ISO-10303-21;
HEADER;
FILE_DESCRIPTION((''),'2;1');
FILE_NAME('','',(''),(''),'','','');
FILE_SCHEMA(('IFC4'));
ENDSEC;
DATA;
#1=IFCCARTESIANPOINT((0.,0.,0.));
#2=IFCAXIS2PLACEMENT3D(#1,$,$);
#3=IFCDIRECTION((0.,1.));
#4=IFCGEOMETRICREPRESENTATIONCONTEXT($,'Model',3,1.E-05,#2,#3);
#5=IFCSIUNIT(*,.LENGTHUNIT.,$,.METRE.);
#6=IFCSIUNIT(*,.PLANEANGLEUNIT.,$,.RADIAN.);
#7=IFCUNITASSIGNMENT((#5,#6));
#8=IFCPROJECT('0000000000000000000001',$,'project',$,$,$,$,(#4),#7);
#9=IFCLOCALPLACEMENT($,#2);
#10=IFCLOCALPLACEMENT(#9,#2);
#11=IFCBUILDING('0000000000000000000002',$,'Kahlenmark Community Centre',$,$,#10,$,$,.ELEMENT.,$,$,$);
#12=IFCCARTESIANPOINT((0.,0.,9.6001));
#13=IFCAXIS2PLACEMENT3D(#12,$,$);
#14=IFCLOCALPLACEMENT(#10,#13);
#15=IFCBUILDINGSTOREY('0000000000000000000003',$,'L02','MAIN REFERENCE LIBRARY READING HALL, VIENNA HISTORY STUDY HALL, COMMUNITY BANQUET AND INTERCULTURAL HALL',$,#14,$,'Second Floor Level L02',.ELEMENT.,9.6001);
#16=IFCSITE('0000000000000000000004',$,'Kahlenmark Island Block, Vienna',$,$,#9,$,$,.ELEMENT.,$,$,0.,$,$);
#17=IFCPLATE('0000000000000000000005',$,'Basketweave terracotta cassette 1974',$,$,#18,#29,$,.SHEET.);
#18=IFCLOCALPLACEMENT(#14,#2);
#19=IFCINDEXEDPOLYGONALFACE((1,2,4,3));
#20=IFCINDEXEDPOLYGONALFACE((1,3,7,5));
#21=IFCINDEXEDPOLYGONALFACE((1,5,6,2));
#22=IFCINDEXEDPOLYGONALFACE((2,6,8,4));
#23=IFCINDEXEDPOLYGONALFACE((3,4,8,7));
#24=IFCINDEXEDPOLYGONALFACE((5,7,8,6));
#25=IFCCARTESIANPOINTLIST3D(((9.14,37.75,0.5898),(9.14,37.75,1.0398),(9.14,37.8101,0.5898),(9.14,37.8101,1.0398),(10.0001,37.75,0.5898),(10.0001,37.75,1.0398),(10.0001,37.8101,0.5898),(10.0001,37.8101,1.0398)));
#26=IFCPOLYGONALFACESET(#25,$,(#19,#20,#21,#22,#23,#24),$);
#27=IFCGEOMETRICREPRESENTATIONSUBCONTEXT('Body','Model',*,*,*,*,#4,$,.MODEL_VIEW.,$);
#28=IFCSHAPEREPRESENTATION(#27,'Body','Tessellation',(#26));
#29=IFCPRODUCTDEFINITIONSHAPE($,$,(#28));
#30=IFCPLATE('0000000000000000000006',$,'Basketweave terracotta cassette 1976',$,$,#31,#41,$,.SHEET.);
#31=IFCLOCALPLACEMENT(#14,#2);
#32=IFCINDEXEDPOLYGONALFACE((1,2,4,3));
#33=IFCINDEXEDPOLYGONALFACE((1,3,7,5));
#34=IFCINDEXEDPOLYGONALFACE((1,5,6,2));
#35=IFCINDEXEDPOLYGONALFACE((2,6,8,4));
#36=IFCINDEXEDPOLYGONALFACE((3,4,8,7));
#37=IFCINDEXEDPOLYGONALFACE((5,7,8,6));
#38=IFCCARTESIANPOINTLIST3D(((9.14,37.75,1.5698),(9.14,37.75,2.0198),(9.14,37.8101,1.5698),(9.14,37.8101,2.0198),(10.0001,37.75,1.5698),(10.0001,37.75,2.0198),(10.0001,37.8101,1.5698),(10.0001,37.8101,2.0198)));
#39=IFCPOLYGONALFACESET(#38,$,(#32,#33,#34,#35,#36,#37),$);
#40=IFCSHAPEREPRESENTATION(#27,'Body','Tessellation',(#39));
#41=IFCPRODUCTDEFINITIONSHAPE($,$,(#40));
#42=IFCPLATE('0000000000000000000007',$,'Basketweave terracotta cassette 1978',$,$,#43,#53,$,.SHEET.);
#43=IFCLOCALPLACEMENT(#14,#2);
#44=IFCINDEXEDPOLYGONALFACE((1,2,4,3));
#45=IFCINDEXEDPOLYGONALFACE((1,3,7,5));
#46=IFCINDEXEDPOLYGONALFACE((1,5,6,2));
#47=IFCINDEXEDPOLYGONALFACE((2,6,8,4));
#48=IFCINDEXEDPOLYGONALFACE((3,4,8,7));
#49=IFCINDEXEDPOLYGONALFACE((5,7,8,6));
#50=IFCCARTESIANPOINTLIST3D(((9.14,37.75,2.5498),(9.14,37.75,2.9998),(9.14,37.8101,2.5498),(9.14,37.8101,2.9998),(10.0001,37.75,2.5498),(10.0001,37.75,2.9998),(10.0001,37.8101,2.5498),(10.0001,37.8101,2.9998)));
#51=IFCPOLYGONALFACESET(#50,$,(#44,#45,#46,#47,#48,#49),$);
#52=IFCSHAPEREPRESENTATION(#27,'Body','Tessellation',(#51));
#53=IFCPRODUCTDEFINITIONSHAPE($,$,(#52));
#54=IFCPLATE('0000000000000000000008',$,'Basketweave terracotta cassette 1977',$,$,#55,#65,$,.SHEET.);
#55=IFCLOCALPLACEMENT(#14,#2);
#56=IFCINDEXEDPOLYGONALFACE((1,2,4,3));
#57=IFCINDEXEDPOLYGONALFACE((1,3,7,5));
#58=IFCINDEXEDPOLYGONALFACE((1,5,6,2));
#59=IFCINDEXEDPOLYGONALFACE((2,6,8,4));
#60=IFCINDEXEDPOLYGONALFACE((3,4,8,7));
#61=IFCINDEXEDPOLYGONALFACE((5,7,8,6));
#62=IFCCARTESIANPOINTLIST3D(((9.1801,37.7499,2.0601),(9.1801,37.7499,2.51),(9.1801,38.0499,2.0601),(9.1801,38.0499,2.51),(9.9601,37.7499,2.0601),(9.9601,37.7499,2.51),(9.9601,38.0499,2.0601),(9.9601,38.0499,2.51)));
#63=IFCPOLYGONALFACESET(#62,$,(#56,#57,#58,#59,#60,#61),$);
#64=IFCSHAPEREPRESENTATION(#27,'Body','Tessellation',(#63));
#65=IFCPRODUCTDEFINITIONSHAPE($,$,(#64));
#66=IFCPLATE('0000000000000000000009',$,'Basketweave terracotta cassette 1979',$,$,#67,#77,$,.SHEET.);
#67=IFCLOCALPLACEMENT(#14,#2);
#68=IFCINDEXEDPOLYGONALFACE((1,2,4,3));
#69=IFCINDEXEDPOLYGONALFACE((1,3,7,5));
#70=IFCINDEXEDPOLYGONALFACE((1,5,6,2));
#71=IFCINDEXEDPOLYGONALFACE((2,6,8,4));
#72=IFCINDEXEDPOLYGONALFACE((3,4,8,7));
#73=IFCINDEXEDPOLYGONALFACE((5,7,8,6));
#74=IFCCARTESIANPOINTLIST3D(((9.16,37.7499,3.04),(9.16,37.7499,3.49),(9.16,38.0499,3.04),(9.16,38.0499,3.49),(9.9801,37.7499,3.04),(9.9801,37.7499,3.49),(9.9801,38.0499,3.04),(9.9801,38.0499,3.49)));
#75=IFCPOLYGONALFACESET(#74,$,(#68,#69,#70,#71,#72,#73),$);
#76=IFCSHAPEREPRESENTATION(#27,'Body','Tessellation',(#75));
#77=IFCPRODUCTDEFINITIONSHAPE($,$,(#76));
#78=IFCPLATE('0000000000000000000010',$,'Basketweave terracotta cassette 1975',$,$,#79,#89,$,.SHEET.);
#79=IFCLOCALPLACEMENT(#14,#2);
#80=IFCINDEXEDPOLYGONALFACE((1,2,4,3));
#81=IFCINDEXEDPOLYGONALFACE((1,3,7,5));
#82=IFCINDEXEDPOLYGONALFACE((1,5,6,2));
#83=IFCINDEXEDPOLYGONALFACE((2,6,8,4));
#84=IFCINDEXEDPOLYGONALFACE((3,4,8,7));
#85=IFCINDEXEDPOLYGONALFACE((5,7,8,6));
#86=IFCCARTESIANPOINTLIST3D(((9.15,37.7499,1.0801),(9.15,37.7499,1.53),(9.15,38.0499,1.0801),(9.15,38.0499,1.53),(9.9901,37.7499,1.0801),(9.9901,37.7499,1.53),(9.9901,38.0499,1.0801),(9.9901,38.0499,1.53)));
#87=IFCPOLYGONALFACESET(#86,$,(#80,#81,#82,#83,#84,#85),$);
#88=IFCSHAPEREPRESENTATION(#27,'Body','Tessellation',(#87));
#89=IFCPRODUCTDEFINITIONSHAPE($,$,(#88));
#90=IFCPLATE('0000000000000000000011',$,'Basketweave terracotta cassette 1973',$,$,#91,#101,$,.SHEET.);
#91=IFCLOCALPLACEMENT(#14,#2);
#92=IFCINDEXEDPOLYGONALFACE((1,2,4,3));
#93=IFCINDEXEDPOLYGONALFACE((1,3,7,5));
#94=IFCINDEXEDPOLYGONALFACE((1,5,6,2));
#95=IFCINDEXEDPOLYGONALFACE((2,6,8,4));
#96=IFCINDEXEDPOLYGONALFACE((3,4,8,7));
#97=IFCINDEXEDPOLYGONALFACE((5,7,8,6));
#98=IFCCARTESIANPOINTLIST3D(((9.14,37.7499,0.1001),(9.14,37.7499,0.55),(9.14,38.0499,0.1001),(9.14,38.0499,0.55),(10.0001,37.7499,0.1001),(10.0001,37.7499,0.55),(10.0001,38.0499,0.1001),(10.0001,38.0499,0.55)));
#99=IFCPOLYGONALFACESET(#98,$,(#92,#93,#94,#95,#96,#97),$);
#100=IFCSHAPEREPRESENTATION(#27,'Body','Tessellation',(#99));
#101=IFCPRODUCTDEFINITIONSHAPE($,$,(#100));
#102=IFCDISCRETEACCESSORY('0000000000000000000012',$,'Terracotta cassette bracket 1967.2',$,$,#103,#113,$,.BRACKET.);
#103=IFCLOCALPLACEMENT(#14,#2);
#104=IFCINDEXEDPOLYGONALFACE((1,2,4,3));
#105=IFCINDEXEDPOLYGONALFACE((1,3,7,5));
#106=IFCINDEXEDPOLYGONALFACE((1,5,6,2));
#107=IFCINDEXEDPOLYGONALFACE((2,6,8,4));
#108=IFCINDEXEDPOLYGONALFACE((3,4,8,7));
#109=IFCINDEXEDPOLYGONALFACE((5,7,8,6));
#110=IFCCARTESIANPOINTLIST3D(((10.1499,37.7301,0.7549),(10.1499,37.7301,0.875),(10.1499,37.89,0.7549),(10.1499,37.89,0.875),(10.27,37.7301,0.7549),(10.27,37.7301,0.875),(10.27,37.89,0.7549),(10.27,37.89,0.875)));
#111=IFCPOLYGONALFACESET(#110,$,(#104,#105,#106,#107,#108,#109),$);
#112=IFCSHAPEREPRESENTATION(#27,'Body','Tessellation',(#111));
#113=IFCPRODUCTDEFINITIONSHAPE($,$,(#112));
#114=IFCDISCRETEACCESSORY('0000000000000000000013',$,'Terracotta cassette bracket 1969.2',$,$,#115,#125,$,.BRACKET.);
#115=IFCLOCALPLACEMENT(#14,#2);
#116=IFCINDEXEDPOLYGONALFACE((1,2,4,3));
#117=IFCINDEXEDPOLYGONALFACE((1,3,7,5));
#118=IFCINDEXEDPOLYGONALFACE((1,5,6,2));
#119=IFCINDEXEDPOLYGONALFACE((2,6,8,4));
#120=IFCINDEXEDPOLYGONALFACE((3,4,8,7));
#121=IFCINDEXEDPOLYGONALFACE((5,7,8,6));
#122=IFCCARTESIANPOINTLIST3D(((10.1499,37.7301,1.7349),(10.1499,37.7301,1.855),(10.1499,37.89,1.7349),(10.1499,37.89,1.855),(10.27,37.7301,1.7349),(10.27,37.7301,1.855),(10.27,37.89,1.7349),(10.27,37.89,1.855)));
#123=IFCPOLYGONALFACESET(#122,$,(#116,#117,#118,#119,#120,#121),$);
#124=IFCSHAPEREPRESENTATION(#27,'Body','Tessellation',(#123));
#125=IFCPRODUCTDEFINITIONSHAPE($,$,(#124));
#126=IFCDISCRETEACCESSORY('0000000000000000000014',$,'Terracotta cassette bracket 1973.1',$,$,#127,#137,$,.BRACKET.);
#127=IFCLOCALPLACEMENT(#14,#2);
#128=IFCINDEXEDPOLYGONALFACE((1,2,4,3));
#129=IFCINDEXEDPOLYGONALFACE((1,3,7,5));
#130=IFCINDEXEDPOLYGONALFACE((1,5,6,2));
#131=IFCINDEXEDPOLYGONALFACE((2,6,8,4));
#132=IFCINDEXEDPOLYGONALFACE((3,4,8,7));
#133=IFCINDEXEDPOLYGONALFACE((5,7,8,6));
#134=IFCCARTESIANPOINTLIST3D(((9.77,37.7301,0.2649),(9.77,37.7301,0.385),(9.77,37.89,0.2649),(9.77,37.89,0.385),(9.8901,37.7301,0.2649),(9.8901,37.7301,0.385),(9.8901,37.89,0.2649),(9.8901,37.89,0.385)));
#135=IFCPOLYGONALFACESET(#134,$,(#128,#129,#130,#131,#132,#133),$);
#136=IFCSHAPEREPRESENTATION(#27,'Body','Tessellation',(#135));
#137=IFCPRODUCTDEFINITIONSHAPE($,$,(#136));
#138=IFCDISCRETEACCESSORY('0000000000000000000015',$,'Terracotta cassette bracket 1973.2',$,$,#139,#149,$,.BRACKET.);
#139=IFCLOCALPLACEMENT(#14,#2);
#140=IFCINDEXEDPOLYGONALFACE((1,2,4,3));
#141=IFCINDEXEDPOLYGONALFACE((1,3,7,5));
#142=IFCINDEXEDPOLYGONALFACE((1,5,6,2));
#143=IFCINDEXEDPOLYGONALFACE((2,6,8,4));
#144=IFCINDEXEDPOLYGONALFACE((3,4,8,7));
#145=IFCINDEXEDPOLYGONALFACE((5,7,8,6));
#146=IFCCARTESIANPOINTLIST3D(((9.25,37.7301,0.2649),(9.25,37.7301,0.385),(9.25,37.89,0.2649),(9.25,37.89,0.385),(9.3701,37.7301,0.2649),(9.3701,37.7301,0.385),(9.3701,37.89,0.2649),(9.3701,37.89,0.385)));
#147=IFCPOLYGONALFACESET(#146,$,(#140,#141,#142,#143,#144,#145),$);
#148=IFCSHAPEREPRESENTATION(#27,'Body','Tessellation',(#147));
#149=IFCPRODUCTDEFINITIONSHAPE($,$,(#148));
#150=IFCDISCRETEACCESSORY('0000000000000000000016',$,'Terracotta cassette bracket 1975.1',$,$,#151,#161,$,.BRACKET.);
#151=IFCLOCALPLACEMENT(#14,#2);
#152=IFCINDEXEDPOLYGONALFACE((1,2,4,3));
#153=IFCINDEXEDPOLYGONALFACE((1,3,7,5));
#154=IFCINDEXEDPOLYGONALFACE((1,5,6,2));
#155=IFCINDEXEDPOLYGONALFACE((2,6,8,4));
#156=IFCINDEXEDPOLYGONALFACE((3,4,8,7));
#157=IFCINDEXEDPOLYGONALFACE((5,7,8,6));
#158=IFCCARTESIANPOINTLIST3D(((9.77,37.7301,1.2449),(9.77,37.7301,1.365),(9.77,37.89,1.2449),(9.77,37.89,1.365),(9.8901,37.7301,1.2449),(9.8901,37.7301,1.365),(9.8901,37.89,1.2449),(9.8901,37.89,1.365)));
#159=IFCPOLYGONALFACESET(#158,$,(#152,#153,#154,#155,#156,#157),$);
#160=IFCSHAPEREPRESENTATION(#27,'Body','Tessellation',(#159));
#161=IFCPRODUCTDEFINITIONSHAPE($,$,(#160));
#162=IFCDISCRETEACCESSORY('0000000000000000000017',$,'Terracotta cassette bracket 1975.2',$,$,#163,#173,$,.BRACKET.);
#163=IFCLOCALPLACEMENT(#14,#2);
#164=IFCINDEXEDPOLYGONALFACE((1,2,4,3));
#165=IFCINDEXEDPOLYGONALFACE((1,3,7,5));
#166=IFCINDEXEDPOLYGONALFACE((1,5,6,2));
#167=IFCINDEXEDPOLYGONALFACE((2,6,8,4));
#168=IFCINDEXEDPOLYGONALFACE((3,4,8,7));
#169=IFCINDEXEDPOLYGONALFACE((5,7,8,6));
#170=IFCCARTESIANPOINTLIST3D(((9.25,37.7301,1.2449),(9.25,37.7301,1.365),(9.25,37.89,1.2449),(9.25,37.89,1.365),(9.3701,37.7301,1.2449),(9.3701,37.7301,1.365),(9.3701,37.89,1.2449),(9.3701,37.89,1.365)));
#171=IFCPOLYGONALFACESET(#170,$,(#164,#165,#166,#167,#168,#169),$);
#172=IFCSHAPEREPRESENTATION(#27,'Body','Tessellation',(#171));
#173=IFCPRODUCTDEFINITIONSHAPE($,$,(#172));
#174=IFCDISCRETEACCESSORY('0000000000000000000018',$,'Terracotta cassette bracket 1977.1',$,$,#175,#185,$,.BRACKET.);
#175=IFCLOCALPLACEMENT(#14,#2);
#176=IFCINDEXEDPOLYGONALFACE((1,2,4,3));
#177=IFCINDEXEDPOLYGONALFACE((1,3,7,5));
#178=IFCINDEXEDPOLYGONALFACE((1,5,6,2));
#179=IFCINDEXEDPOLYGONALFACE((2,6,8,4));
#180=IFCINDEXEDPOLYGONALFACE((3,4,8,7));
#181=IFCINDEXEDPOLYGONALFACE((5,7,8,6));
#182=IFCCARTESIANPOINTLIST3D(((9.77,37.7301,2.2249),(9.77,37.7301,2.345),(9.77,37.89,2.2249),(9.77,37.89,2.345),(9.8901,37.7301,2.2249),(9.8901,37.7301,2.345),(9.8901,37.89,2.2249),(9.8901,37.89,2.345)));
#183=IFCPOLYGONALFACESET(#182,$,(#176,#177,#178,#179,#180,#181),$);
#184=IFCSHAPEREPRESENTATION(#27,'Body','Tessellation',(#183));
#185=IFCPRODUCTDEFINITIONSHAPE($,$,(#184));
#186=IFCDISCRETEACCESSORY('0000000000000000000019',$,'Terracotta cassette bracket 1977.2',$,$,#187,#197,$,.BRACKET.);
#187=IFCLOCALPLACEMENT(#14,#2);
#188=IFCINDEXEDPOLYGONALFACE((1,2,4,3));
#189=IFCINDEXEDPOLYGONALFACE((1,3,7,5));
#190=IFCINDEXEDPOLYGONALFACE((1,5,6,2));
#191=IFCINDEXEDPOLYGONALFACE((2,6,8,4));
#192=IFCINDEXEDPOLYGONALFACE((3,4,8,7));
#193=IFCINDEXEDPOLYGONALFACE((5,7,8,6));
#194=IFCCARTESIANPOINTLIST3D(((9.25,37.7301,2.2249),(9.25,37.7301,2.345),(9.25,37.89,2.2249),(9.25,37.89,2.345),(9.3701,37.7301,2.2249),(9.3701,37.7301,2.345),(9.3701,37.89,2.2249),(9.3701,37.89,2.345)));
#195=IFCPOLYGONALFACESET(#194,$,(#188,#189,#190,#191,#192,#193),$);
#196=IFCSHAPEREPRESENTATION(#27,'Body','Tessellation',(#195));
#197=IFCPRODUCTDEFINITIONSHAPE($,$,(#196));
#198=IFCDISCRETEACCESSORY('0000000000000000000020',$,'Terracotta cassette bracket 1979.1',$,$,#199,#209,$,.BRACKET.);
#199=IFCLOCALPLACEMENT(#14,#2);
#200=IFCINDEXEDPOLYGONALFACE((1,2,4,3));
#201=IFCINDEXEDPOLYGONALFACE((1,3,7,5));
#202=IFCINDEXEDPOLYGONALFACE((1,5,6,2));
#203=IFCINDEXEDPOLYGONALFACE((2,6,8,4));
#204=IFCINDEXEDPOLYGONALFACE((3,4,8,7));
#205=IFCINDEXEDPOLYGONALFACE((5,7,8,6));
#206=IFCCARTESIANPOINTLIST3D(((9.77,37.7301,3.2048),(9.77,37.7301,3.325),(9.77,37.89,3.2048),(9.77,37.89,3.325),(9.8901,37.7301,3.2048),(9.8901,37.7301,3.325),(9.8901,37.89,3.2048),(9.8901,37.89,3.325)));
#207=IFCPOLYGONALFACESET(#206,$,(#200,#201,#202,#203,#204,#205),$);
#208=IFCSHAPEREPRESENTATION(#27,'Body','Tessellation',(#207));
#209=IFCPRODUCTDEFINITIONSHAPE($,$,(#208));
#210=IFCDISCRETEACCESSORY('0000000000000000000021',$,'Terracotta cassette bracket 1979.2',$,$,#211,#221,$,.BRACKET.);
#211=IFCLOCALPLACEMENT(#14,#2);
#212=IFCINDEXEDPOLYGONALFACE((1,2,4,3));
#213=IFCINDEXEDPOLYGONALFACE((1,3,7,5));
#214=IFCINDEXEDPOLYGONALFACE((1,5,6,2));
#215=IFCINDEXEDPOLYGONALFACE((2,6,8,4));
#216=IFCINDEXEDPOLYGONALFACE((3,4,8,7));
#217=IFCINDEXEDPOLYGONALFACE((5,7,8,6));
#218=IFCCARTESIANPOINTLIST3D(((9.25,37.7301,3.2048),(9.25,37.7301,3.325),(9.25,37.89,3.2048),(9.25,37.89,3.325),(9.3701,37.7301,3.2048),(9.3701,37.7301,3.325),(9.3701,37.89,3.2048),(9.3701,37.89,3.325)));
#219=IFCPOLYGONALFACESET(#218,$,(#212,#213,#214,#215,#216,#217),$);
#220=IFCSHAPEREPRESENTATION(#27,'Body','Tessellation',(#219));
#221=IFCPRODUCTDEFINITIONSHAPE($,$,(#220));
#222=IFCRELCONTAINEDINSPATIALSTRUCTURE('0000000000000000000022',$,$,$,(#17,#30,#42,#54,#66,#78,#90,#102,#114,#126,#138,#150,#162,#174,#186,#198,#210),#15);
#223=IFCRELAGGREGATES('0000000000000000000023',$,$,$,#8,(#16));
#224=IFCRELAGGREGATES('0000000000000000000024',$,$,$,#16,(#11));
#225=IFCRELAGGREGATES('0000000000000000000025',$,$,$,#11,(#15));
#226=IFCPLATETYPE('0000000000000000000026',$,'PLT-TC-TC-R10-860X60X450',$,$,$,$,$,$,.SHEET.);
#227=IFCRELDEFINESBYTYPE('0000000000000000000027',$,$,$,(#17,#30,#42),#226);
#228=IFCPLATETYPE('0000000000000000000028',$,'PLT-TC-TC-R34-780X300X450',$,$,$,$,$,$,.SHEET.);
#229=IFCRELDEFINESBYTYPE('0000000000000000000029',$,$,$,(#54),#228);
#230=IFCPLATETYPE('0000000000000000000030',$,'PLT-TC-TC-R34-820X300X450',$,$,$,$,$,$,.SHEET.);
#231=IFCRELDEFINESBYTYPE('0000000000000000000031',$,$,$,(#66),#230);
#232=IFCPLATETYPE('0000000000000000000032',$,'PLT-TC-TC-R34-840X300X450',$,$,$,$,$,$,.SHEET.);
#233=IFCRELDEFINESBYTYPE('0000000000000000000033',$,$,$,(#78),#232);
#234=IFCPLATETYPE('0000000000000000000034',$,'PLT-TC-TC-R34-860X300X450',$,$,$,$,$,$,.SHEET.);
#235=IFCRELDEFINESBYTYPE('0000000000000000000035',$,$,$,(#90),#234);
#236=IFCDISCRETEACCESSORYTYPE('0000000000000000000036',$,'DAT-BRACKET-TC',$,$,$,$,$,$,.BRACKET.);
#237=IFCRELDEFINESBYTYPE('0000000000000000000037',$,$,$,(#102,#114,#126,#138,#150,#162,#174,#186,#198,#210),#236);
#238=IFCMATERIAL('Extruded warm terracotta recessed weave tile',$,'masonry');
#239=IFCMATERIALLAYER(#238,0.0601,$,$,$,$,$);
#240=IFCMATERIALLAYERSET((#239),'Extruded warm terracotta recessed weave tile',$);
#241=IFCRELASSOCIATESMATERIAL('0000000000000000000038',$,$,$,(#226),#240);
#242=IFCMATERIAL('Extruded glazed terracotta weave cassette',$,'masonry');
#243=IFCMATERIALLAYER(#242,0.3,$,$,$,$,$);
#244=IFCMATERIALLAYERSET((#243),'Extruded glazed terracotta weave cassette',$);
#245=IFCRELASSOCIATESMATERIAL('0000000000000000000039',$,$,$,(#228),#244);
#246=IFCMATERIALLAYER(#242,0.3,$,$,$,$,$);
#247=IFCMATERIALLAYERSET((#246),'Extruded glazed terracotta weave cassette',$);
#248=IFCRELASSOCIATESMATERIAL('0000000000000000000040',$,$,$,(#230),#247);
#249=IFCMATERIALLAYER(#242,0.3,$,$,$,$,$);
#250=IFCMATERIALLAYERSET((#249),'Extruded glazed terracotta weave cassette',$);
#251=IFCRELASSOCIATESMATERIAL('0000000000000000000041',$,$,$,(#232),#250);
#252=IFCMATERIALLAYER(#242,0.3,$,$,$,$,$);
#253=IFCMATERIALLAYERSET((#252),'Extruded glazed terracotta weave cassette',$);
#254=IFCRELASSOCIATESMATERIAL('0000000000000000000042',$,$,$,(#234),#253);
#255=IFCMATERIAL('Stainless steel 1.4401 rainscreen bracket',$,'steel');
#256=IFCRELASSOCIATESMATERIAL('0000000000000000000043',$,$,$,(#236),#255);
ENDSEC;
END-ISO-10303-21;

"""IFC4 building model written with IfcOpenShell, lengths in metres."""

from ifc_helpers import new_model, si_unit, direction, frame, origin, origin_2d, place, context, subcontext, project, spatial, rectangle, extrude, material, layer, layer_set, type_object, element, save


model = new_model("IFC4")

# Units and contexts
model_context = context("Model", 3, precision=1e-05, world=origin(), true_north=direction((0.0, 1.0)))
body_context = subcontext(model_context, "Body", "Model", "MODEL_VIEW")
ifc_project = project(units=[si_unit("LENGTHUNIT", "METRE"), si_unit("PLANEANGLEUNIT", "RADIAN")], contexts=[model_context])

# Site, building, storey
site_placement = place(None, origin())
site = spatial("IfcSite", under=ifc_project, at=site_placement, Name="Kahlenmark Island Block, Vienna", CompositionType="ELEMENT", RefElevation=0.0)
building_placement = place(site_placement, origin())
building = spatial("IfcBuilding", under=site, at=building_placement, Name="Kahlenmark Community Centre", CompositionType="ELEMENT")
storey_placement = place(building_placement, frame((0.0, 0.0, 9.6001)))
storey = spatial("IfcBuildingStorey", under=building, at=storey_placement, Name="L02", Description="MAIN REFERENCE LIBRARY READING HALL, VIENNA HISTORY STUDY HALL, COMMUNITY BANQUET AND INTERCULTURAL HALL", LongName="Second Floor Level L02", CompositionType="ELEMENT", Elevation=9.6001)

# Plates
ifc_material_1 = material(Name="Extruded warm terracotta recessed weave tile", Category="masonry")
ifc_layer_1 = layer(ifc_material_1, 0.0601)
ifc_layer_set_1 = layer_set([ifc_layer_1], Name="Extruded warm terracotta recessed weave tile")
plate_type_1 = type_object("IfcPlateType", Name="PLT-TC-TC-R10-860X60X450", PredefinedType="SHEET", material=ifc_layer_set_1)
for number, where, z_axis, x_axis, name in (
    (1, (9.5701, 37.78, 0.5898), (0.0, 0.0, 1.0), (-1.0, 0.0, 0.0), "Basketweave terracotta cassette 1974"),
    (2, (9.5701, 37.78, 1.5698), (0.0, 0.0, 1.0), (-1.0, 0.0, 0.0), "Basketweave terracotta cassette 1976"),
    (3, (9.5701, 37.78, 2.5498), (0.0, 0.0, 1.0), (-1.0, 0.0, 0.0), "Basketweave terracotta cassette 1978"),
):
    element("IfcPlate", number, at=place(storey_placement, frame(where, z_axis=z_axis, x_axis=x_axis)), inside=storey, type_object=plate_type_1, Name=name, PredefinedType="SHEET", context=body_context, shape_type="SweptSolid", body=[
        extrude(rectangle(XDim=0.8601, YDim=0.0601, at=origin_2d()), origin(), (0.0, 0.0, 1.0), 0.45),
    ])
ifc_material_2 = material(Name="Extruded glazed terracotta weave cassette", Category="masonry")
ifc_layer_2 = layer(ifc_material_2, 0.3)
ifc_layer_set_2 = layer_set([ifc_layer_2], Name="Extruded glazed terracotta weave cassette")
plate_type_2 = type_object("IfcPlateType", Name="PLT-TC-TC-R34-780X300X450", PredefinedType="SHEET", material=ifc_layer_set_2)
plate_1_placement = place(storey_placement, frame((9.5701, 37.8999, 2.0601), z_axis=(0.0, 0.0, 1.0), x_axis=(-1.0, 0.0, 0.0)))
element("IfcPlate", 4, at=plate_1_placement, inside=storey, type_object=plate_type_2, Name="Basketweave terracotta cassette 1977", PredefinedType="SHEET", context=body_context, shape_type="SweptSolid", body=[
    extrude(rectangle(XDim=0.78, YDim=0.3, at=origin_2d()), origin(), (0.0, 0.0, 1.0), 0.45),
])
ifc_layer_3 = layer(ifc_material_2, 0.3)
ifc_layer_set_3 = layer_set([ifc_layer_3], Name="Extruded glazed terracotta weave cassette")
plate_type_3 = type_object("IfcPlateType", Name="PLT-TC-TC-R34-820X300X450", PredefinedType="SHEET", material=ifc_layer_set_3)
plate_2_placement = place(storey_placement, frame((9.5701, 37.8999, 3.04), z_axis=(0.0, 0.0, 1.0), x_axis=(-1.0, 0.0, 0.0)))
element("IfcPlate", 5, at=plate_2_placement, inside=storey, type_object=plate_type_3, Name="Basketweave terracotta cassette 1979", PredefinedType="SHEET", context=body_context, shape_type="SweptSolid", body=[
    extrude(rectangle(XDim=0.8201, YDim=0.3, at=origin_2d()), origin(), (0.0, 0.0, 1.0), 0.45),
])
ifc_layer_4 = layer(ifc_material_2, 0.3)
ifc_layer_set_4 = layer_set([ifc_layer_4], Name="Extruded glazed terracotta weave cassette")
plate_type_4 = type_object("IfcPlateType", Name="PLT-TC-TC-R34-840X300X450", PredefinedType="SHEET", material=ifc_layer_set_4)
plate_3_placement = place(storey_placement, frame((9.5701, 37.8999, 1.0801), z_axis=(0.0, 0.0, 1.0), x_axis=(-1.0, 0.0, 0.0)))
element("IfcPlate", 6, at=plate_3_placement, inside=storey, type_object=plate_type_4, Name="Basketweave terracotta cassette 1975", PredefinedType="SHEET", context=body_context, shape_type="SweptSolid", body=[
    extrude(rectangle(XDim=0.8401, YDim=0.3, at=origin_2d()), origin(), (0.0, 0.0, 1.0), 0.45),
])
ifc_layer_5 = layer(ifc_material_2, 0.3)
ifc_layer_set_5 = layer_set([ifc_layer_5], Name="Extruded glazed terracotta weave cassette")
plate_type_5 = type_object("IfcPlateType", Name="PLT-TC-TC-R34-860X300X450", PredefinedType="SHEET", material=ifc_layer_set_5)
plate_4_placement = place(storey_placement, frame((9.5701, 37.8999, 0.1001), z_axis=(0.0, 0.0, 1.0), x_axis=(-1.0, 0.0, 0.0)))
element("IfcPlate", 7, at=plate_4_placement, inside=storey, type_object=plate_type_5, Name="Basketweave terracotta cassette 1973", PredefinedType="SHEET", context=body_context, shape_type="SweptSolid", body=[
    extrude(rectangle(XDim=0.8601, YDim=0.3, at=origin_2d()), origin(), (0.0, 0.0, 1.0), 0.45),
])

# Discrete accessories
ifc_material_3 = material(Name="Stainless steel 1.4401 rainscreen bracket", Category="steel")
discrete_accessory_type = type_object("IfcDiscreteAccessoryType", Name="DAT-BRACKET-TC", PredefinedType="BRACKET", material=ifc_material_3)
for number, where, z_axis, x_axis, name in (
    (8, (10.21, 37.8101, 0.7549), (0.0, 0.0, 1.0), (-1.0, 0.0, 0.0), "Terracotta cassette bracket 1967.2"),
    (9, (10.21, 37.8101, 1.7349), (0.0, 0.0, 1.0), (-1.0, 0.0, 0.0), "Terracotta cassette bracket 1969.2"),
    (10, (9.8301, 37.8101, 0.2649), (0.0, 0.0, 1.0), (-1.0, 0.0, 0.0), "Terracotta cassette bracket 1973.1"),
    (11, (9.3101, 37.8101, 0.2649), (0.0, 0.0, 1.0), (-1.0, 0.0, 0.0), "Terracotta cassette bracket 1973.2"),
    (12, (9.8301, 37.8101, 1.2449), (0.0, 0.0, 1.0), (-1.0, 0.0, 0.0), "Terracotta cassette bracket 1975.1"),
    (13, (9.3101, 37.8101, 1.2449), (0.0, 0.0, 1.0), (-1.0, 0.0, 0.0), "Terracotta cassette bracket 1975.2"),
    (14, (9.8301, 37.8101, 2.2249), (0.0, 0.0, 1.0), (-1.0, 0.0, 0.0), "Terracotta cassette bracket 1977.1"),
    (15, (9.3101, 37.8101, 2.2249), (0.0, 0.0, 1.0), (-1.0, 0.0, 0.0), "Terracotta cassette bracket 1977.2"),
    (16, (9.8301, 37.8101, 3.2048), (0.0, 0.0, 1.0), (-1.0, 0.0, 0.0), "Terracotta cassette bracket 1979.1"),
    (17, (9.3101, 37.8101, 3.2048), (0.0, 0.0, 1.0), (-1.0, 0.0, 0.0), "Terracotta cassette bracket 1979.2"),
):
    element("IfcDiscreteAccessory", number, at=place(storey_placement, frame(where, z_axis=z_axis, x_axis=x_axis)), inside=storey, type_object=discrete_accessory_type, Name=name, PredefinedType="BRACKET", context=body_context, shape_type="SweptSolid", body=[
        extrude(rectangle(XDim=0.1201, YDim=0.1599, at=origin_2d()), origin(), (0.0, 0.0, 1.0), 0.1201),
    ])

save(model, "model.ifc")
